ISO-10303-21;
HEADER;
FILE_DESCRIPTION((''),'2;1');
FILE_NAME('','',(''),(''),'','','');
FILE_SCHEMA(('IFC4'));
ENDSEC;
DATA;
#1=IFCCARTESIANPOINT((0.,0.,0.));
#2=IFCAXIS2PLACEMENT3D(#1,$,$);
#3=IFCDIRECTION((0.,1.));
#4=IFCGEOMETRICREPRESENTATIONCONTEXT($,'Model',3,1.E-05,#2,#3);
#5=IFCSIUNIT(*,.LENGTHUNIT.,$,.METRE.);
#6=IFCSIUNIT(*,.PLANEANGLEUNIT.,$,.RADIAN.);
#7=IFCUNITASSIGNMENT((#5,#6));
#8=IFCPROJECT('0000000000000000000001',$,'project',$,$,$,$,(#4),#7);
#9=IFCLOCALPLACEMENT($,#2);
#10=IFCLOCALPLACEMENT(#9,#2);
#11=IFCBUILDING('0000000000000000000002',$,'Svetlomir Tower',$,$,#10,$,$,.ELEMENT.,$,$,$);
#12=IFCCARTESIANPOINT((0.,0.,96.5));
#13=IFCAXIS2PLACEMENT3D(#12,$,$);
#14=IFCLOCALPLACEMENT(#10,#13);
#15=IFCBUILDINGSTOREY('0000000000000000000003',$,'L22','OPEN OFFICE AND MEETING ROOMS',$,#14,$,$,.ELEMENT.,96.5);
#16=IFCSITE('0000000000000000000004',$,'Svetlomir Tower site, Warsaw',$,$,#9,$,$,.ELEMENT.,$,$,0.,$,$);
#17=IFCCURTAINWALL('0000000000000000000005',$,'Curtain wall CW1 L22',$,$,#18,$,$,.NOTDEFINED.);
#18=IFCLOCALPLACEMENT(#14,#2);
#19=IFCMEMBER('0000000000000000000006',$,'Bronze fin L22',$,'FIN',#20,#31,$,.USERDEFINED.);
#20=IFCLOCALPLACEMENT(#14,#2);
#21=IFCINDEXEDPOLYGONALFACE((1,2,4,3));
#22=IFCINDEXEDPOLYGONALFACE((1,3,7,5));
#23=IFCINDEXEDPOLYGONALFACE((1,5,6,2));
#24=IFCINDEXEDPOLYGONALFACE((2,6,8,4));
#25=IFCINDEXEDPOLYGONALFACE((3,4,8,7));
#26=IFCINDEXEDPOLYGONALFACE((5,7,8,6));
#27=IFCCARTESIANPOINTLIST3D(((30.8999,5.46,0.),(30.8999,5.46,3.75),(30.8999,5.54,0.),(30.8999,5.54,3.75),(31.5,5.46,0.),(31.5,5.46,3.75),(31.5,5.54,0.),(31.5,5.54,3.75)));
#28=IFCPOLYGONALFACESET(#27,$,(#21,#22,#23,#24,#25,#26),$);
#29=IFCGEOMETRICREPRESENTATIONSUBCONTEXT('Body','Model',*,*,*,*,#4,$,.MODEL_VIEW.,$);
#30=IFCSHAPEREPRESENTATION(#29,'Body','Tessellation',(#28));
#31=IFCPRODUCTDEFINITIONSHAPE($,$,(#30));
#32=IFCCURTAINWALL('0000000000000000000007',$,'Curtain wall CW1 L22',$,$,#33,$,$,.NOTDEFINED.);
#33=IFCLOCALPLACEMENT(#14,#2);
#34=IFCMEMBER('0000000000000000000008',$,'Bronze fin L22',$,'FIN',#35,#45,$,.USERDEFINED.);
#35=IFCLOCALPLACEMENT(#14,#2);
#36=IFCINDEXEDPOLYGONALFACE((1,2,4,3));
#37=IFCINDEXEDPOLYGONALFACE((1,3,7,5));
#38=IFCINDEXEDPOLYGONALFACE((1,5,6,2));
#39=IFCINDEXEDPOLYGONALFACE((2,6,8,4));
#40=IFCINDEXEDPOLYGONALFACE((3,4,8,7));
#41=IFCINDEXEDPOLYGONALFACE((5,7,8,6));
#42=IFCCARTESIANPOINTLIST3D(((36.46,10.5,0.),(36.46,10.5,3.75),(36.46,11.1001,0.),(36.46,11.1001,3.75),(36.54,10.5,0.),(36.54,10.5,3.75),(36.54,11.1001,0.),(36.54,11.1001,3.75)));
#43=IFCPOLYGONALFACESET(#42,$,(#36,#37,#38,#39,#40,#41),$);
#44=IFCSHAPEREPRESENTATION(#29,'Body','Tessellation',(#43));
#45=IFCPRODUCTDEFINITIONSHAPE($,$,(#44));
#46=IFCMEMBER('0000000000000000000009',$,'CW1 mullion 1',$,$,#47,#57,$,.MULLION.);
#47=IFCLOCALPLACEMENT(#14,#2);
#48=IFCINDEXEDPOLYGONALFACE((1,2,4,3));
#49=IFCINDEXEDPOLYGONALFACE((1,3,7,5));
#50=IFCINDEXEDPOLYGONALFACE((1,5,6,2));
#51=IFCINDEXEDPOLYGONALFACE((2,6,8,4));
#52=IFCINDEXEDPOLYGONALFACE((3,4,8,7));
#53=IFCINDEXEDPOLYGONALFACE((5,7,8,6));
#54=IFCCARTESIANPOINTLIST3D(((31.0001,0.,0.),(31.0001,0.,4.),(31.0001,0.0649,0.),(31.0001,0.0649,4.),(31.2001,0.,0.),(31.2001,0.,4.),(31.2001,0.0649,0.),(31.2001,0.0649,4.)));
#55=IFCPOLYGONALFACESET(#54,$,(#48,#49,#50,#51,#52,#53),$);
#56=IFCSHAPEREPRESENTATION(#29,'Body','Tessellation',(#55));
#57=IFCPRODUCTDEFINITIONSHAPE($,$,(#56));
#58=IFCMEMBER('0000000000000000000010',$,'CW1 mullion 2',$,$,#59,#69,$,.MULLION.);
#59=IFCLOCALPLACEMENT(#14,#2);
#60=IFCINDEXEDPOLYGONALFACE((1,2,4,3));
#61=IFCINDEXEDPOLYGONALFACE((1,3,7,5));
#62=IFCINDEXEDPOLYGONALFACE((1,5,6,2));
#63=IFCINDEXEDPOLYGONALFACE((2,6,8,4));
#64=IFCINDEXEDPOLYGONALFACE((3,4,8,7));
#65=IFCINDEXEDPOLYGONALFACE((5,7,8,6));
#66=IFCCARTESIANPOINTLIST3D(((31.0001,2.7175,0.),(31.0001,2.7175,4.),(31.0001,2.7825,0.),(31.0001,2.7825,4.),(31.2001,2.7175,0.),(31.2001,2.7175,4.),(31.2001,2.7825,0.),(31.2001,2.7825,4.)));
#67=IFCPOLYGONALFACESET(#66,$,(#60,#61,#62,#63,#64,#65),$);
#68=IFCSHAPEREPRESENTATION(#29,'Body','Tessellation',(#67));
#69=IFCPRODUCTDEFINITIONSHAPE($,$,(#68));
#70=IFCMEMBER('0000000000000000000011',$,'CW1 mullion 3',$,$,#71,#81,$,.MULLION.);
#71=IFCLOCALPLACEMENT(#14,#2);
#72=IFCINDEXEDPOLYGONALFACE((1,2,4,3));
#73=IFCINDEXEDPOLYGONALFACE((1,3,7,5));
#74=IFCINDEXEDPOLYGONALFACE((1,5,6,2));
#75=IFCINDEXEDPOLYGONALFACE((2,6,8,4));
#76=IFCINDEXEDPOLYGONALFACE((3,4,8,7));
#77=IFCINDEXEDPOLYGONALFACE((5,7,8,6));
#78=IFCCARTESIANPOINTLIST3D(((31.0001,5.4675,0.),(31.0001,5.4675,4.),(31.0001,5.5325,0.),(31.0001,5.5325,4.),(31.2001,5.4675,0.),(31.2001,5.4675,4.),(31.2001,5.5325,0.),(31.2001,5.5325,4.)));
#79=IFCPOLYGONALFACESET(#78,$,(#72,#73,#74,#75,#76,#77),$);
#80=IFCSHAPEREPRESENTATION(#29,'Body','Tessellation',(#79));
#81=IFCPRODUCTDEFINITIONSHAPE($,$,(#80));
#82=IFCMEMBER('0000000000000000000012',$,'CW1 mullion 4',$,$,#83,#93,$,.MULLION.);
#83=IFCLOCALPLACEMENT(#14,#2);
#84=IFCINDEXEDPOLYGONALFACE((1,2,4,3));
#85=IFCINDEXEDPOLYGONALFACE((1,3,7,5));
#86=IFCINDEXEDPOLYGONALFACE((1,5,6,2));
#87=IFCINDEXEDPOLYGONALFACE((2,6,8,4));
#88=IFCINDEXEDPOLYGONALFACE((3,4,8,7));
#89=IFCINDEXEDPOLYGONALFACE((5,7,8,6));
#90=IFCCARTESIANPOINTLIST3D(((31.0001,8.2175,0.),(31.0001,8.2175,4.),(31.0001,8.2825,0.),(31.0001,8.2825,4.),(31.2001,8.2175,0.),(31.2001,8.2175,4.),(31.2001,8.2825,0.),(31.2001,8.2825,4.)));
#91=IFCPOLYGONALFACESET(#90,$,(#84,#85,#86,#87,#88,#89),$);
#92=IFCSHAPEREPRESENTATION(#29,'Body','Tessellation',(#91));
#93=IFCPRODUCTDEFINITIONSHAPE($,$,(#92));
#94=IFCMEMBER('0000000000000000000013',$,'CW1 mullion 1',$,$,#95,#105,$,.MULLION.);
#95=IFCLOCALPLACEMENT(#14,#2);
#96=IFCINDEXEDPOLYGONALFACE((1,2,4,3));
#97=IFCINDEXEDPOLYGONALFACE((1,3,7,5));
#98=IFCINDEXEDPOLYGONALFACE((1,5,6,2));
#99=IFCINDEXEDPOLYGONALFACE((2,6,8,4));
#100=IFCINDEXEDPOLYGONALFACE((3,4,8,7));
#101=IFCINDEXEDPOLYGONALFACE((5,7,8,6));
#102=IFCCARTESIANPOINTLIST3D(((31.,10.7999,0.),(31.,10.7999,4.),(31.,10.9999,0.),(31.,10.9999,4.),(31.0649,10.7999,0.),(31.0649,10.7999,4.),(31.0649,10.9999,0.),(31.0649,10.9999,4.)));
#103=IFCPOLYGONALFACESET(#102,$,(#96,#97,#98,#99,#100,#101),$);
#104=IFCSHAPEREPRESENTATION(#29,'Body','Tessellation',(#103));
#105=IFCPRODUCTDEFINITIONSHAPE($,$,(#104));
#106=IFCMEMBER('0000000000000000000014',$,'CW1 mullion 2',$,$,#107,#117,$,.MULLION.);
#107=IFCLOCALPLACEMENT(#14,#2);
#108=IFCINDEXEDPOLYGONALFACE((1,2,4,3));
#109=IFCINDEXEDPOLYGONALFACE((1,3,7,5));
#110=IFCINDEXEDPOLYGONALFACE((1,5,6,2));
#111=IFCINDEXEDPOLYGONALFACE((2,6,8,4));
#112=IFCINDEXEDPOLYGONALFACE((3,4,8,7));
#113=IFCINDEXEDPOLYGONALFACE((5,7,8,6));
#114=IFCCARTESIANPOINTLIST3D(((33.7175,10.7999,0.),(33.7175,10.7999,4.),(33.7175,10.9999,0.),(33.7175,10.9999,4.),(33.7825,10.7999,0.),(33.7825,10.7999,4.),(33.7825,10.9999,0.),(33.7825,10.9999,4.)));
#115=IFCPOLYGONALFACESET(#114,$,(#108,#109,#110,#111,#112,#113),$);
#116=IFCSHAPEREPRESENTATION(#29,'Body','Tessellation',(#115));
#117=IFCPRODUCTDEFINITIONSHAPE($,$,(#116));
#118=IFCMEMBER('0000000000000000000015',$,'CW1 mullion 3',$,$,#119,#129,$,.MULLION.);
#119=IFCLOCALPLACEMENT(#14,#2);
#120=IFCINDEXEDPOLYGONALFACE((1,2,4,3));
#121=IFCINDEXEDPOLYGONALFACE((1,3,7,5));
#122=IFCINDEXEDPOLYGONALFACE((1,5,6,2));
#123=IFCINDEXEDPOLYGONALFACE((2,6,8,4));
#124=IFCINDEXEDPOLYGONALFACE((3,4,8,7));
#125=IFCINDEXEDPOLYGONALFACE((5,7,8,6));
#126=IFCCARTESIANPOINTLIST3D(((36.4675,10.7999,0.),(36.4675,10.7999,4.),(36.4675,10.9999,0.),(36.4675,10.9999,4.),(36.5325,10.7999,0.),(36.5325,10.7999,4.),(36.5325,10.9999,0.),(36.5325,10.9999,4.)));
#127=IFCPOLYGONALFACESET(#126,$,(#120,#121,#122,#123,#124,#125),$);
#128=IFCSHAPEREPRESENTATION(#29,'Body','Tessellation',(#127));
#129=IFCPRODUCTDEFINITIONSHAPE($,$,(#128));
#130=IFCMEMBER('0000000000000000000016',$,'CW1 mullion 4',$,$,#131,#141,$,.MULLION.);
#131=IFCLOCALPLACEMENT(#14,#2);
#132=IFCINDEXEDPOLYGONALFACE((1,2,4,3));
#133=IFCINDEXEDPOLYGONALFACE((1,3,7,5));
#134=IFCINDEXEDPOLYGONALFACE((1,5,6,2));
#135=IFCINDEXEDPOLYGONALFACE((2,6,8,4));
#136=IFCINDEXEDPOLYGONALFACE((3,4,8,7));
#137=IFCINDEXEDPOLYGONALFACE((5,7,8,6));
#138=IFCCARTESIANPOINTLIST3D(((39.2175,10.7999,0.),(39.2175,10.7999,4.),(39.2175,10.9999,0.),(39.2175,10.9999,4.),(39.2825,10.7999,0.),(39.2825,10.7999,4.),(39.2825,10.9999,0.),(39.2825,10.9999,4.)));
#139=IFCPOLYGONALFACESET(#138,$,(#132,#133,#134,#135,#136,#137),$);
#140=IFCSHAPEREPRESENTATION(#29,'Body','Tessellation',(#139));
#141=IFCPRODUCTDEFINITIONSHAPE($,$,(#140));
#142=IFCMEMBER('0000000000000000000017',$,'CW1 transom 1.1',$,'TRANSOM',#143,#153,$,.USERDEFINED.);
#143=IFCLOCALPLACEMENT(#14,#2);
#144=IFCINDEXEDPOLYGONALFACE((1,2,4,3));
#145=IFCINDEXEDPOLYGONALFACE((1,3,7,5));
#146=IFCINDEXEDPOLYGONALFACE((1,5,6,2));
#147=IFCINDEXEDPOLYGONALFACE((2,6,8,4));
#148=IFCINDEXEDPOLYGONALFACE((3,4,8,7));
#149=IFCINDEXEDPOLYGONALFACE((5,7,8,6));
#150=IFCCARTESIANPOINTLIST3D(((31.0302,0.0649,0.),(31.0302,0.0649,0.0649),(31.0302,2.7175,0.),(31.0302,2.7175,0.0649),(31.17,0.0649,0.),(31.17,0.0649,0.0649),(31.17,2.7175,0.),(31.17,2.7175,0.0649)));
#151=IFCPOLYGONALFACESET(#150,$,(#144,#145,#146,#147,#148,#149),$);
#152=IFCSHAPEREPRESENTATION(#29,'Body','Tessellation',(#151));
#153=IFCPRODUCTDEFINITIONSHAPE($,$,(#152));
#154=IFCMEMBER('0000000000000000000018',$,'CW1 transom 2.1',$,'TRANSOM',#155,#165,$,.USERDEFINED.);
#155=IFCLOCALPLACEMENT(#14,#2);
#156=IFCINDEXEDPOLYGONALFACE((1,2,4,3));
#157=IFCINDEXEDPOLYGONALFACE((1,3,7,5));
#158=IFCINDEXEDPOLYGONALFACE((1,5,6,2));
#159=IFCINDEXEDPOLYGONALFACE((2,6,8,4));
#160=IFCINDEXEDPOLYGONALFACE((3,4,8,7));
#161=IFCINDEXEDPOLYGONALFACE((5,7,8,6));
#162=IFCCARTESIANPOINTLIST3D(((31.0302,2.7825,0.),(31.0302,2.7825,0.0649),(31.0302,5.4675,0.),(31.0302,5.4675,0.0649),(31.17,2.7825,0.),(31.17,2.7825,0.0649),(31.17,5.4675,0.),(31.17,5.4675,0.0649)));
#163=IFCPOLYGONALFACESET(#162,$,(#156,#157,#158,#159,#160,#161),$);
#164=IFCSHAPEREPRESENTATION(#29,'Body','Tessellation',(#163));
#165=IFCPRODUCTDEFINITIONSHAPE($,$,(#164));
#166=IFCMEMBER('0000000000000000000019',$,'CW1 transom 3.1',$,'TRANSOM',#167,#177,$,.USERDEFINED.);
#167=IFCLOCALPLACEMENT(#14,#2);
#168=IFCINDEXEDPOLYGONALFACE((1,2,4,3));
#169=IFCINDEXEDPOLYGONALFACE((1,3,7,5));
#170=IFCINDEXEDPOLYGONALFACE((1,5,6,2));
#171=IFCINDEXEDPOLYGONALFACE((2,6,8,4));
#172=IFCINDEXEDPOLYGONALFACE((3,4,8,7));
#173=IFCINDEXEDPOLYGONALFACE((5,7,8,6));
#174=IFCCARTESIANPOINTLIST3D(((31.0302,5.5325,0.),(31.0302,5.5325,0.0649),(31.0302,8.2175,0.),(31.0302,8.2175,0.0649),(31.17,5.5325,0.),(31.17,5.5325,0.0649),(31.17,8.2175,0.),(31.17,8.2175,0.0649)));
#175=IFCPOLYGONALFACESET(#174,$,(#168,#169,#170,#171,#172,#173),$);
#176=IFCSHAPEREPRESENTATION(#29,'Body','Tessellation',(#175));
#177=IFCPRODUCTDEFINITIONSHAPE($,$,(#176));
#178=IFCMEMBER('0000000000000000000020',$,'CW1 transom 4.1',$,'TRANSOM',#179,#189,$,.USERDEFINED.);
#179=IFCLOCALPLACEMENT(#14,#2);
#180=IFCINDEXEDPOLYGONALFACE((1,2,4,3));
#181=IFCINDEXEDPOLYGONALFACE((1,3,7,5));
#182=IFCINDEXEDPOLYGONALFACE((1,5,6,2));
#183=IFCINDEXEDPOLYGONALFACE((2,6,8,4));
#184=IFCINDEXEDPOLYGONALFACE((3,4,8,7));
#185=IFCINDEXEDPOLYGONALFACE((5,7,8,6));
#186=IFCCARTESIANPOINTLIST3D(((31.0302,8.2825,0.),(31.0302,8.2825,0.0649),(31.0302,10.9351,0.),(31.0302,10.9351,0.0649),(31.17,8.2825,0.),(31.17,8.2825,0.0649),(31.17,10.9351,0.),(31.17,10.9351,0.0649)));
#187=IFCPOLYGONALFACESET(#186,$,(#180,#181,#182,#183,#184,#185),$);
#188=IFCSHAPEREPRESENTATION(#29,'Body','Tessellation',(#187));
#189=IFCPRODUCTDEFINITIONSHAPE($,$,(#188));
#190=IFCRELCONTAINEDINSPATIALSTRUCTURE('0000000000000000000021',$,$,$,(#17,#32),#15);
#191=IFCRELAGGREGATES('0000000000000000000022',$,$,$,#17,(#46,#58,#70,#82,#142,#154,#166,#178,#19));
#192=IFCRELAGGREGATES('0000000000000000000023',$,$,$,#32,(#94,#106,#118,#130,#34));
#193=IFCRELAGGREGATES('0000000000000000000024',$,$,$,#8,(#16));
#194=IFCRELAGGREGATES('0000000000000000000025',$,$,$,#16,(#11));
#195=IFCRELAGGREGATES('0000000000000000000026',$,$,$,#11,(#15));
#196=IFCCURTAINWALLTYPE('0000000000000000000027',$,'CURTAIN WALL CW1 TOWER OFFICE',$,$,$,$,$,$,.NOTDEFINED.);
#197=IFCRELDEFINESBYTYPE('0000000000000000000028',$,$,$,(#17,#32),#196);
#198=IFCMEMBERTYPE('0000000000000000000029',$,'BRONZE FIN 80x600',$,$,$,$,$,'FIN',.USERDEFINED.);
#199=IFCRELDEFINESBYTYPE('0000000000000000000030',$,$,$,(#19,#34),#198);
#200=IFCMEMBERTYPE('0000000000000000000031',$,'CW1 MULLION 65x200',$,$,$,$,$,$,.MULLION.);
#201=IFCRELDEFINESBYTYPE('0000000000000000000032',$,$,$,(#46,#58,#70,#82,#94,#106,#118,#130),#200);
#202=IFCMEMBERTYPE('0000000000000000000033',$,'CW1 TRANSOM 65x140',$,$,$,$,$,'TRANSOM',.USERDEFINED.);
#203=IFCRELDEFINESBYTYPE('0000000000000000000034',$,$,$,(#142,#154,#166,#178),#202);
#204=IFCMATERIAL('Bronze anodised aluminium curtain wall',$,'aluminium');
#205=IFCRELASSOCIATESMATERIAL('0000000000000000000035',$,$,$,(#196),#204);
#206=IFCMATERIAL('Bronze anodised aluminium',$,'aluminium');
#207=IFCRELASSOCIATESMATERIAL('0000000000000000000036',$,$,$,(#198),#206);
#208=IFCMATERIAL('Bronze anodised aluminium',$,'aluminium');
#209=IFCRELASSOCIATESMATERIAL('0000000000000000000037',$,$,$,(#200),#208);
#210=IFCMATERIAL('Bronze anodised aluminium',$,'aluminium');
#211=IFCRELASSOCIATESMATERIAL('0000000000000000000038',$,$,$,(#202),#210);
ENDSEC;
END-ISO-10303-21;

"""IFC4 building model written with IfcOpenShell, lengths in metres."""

from ifc_helpers import new_model, si_unit, direction, frame, origin, origin_2d, place, context, subcontext, project, spatial, rectangle, extrude, material, material_profile, profile_set, type_object, element, aggregate, save


model = new_model("IFC4")

# Units and contexts
model_context = context("Model", 3, precision=1e-05, world=origin(), true_north=direction((0.0, 1.0)))
body_context = subcontext(model_context, "Body", "Model", "MODEL_VIEW")
ifc_project = project(units=[si_unit("LENGTHUNIT", "METRE"), si_unit("PLANEANGLEUNIT", "RADIAN")], contexts=[model_context])

# Site, building, storey
site_placement = place(None, origin())
site = spatial("IfcSite", under=ifc_project, at=site_placement, Name="Svetlomir Tower site, Warsaw", CompositionType="ELEMENT", RefElevation=0.0)
building_placement = place(site_placement, origin())
building = spatial("IfcBuilding", under=site, at=building_placement, Name="Svetlomir Tower", CompositionType="ELEMENT")
storey_placement = place(building_placement, frame((0.0, 0.0, 96.5)))
storey = spatial("IfcBuildingStorey", under=building, at=storey_placement, Name="L22", Description="OPEN OFFICE AND MEETING ROOMS", CompositionType="ELEMENT", Elevation=96.5)

# Curtain walls, members
ifc_material_1 = material(Name="Bronze anodised aluminium curtain wall", Category="aluminium")
curtain_wall_type = type_object("IfcCurtainWallType", Name="CURTAIN WALL CW1 TOWER OFFICE", PredefinedType="NOTDEFINED", material=ifc_material_1)
curtain_wall_1_placement = place(storey_placement, origin())
curtain_wall_1 = element("IfcCurtainWall", 1, at=curtain_wall_1_placement, inside=storey, type_object=curtain_wall_type, Name="Curtain wall CW1 L22", PredefinedType="NOTDEFINED")
ifc_material_2 = material(Name="Bronze anodised aluminium", Category="aluminium")
ifc_material_profile_1 = material_profile(ifc_material_2, rectangle(XDim=0.0801, YDim=0.6001, at=origin_2d()), Name="FIN 80x600")
ifc_profile_set_1 = profile_set([ifc_material_profile_1], Name="Bronze anodised aluminium 6063-T6")
member_type_1 = type_object("IfcMemberType", Name="BRONZE FIN 80x600", ElementType="FIN", PredefinedType="USERDEFINED", material=ifc_profile_set_1)
member_1_placement = place(storey_placement, frame((31.2, 5.5, 0.0), z_axis=(0.0, 0.0, 1.0), x_axis=(0.0, 1.0, 0.0)))
member_1 = element("IfcMember", 2, at=member_1_placement, type_object=member_type_1, Name="Bronze fin L22", ObjectType="FIN", PredefinedType="USERDEFINED", context=body_context, shape_type="SweptSolid", body=[
    extrude(rectangle(XDim=0.0801, YDim=0.6001, at=origin_2d()), origin(), (0.0, 0.0, 1.0), 3.75),
])
curtain_wall_2_placement = place(storey_placement, origin())
curtain_wall_2 = element("IfcCurtainWall", 3, at=curtain_wall_2_placement, inside=storey, type_object=curtain_wall_type, Name="Curtain wall CW1 L22", PredefinedType="NOTDEFINED")
member_2_placement = place(storey_placement, frame((36.5, 10.8, 0.0), z_axis=(0.0, 0.0, 1.0), x_axis=(1.0, 0.0, 0.0)))
member_2 = element("IfcMember", 4, at=member_2_placement, type_object=member_type_1, Name="Bronze fin L22", ObjectType="FIN", PredefinedType="USERDEFINED", context=body_context, shape_type="SweptSolid", body=[
    extrude(rectangle(XDim=0.0801, YDim=0.6001, at=origin_2d()), origin(), (0.0, 0.0, 1.0), 3.75),
])

# Members
ifc_material_3 = material(Name="Bronze anodised aluminium", Category="aluminium")
ifc_material_profile_2 = material_profile(ifc_material_3, rectangle(XDim=0.0649, YDim=0.2, at=origin_2d()), Name="AL 65x200")
ifc_profile_set_2 = profile_set([ifc_material_profile_2], Name="Bronze anodised aluminium 6063-T6")
member_type_2 = type_object("IfcMemberType", Name="CW1 MULLION 65x200", PredefinedType="MULLION", material=ifc_profile_set_2)
member_3_placement = place(storey_placement, frame((31.1001, 0.0325, 0.0), z_axis=(0.0, 0.0, 1.0), x_axis=(0.0, 1.0, 0.0)))
member_3 = element("IfcMember", 5, at=member_3_placement, type_object=member_type_2, Name="CW1 mullion 1", PredefinedType="MULLION", context=body_context, shape_type="SweptSolid", body=[
    extrude(rectangle(XDim=0.0649, YDim=0.2, at=origin_2d()), origin(), (0.0, 0.0, 1.0), 4.0),
])
member_4_placement = place(storey_placement, frame((31.1001, 2.75, 0.0), z_axis=(0.0, 0.0, 1.0), x_axis=(0.0, 1.0, 0.0)))
member_4 = element("IfcMember", 6, at=member_4_placement, type_object=member_type_2, Name="CW1 mullion 2", PredefinedType="MULLION", context=body_context, shape_type="SweptSolid", body=[
    extrude(rectangle(XDim=0.0649, YDim=0.2, at=origin_2d()), origin(), (0.0, 0.0, 1.0), 4.0),
])
member_5_placement = place(storey_placement, frame((31.1001, 5.5, 0.0), z_axis=(0.0, 0.0, 1.0), x_axis=(0.0, 1.0, 0.0)))
member_5 = element("IfcMember", 7, at=member_5_placement, type_object=member_type_2, Name="CW1 mullion 3", PredefinedType="MULLION", context=body_context, shape_type="SweptSolid", body=[
    extrude(rectangle(XDim=0.0649, YDim=0.2, at=origin_2d()), origin(), (0.0, 0.0, 1.0), 4.0),
])
member_6_placement = place(storey_placement, frame((31.1001, 8.25, 0.0), z_axis=(0.0, 0.0, 1.0), x_axis=(0.0, 1.0, 0.0)))
member_6 = element("IfcMember", 8, at=member_6_placement, type_object=member_type_2, Name="CW1 mullion 4", PredefinedType="MULLION", context=body_context, shape_type="SweptSolid", body=[
    extrude(rectangle(XDim=0.0649, YDim=0.2, at=origin_2d()), origin(), (0.0, 0.0, 1.0), 4.0),
])
member_7_placement = place(storey_placement, frame((31.0325, 10.8999, 0.0), z_axis=(0.0, 0.0, 1.0), x_axis=(1.0, 0.0, 0.0)))
member_7 = element("IfcMember", 9, at=member_7_placement, type_object=member_type_2, Name="CW1 mullion 1", PredefinedType="MULLION", context=body_context, shape_type="SweptSolid", body=[
    extrude(rectangle(XDim=0.0649, YDim=0.2, at=origin_2d()), origin(), (0.0, 0.0, 1.0), 4.0),
])
member_8_placement = place(storey_placement, frame((33.75, 10.8999, 0.0), z_axis=(0.0, 0.0, 1.0), x_axis=(1.0, 0.0, 0.0)))
member_8 = element("IfcMember", 10, at=member_8_placement, type_object=member_type_2, Name="CW1 mullion 2", PredefinedType="MULLION", context=body_context, shape_type="SweptSolid", body=[
    extrude(rectangle(XDim=0.0649, YDim=0.2, at=origin_2d()), origin(), (0.0, 0.0, 1.0), 4.0),
])
member_9_placement = place(storey_placement, frame((36.5, 10.8999, 0.0), z_axis=(0.0, 0.0, 1.0), x_axis=(1.0, 0.0, 0.0)))
member_9 = element("IfcMember", 11, at=member_9_placement, type_object=member_type_2, Name="CW1 mullion 3", PredefinedType="MULLION", context=body_context, shape_type="SweptSolid", body=[
    extrude(rectangle(XDim=0.0649, YDim=0.2, at=origin_2d()), origin(), (0.0, 0.0, 1.0), 4.0),
])
member_10_placement = place(storey_placement, frame((39.25, 10.8999, 0.0), z_axis=(0.0, 0.0, 1.0), x_axis=(1.0, 0.0, 0.0)))
member_10 = element("IfcMember", 12, at=member_10_placement, type_object=member_type_2, Name="CW1 mullion 4", PredefinedType="MULLION", context=body_context, shape_type="SweptSolid", body=[
    extrude(rectangle(XDim=0.0649, YDim=0.2, at=origin_2d()), origin(), (0.0, 0.0, 1.0), 4.0),
])
ifc_material_4 = material(Name="Bronze anodised aluminium", Category="aluminium")
ifc_material_profile_3 = material_profile(ifc_material_4, rectangle(XDim=0.1399, YDim=0.0649, at=origin_2d()), Name="AL 140x65")
ifc_profile_set_3 = profile_set([ifc_material_profile_3], Name="Bronze anodised aluminium 6063-T6")
member_type_3 = type_object("IfcMemberType", Name="CW1 TRANSOM 65x140", ElementType="TRANSOM", PredefinedType="USERDEFINED", material=ifc_profile_set_3)
member_11_placement = place(storey_placement, frame((31.1001, 0.0649, 0.0325), z_axis=(0.0, 1.0, 0.0), x_axis=(-1.0, 0.0, 0.0)))
member_11 = element("IfcMember", 13, at=member_11_placement, type_object=member_type_3, Name="CW1 transom 1.1", ObjectType="TRANSOM", PredefinedType="USERDEFINED", context=body_context, shape_type="SweptSolid", body=[
    extrude(rectangle(XDim=0.1399, YDim=0.0649, at=origin_2d()), origin(), (0.0, 0.0, 1.0), 2.6526),
])
member_12_placement = place(storey_placement, frame((31.1001, 2.7825, 0.0325), z_axis=(0.0, 1.0, 0.0), x_axis=(-1.0, 0.0, 0.0)))
member_12 = element("IfcMember", 14, at=member_12_placement, type_object=member_type_3, Name="CW1 transom 2.1", ObjectType="TRANSOM", PredefinedType="USERDEFINED", context=body_context, shape_type="SweptSolid", body=[
    extrude(rectangle(XDim=0.1399, YDim=0.0649, at=origin_2d()), origin(), (0.0, 0.0, 1.0), 2.6851),
])
member_13_placement = place(storey_placement, frame((31.1001, 5.5325, 0.0325), z_axis=(0.0, 1.0, 0.0), x_axis=(-1.0, 0.0, 0.0)))
member_13 = element("IfcMember", 15, at=member_13_placement, type_object=member_type_3, Name="CW1 transom 3.1", ObjectType="TRANSOM", PredefinedType="USERDEFINED", context=body_context, shape_type="SweptSolid", body=[
    extrude(rectangle(XDim=0.1399, YDim=0.0649, at=origin_2d()), origin(), (0.0, 0.0, 1.0), 2.6851),
])
member_14_placement = place(storey_placement, frame((31.1001, 8.2825, 0.0325), z_axis=(0.0, 1.0, 0.0), x_axis=(-1.0, 0.0, 0.0)))
member_14 = element("IfcMember", 16, at=member_14_placement, type_object=member_type_3, Name="CW1 transom 4.1", ObjectType="TRANSOM", PredefinedType="USERDEFINED", context=body_context, shape_type="SweptSolid", body=[
    extrude(rectangle(XDim=0.1399, YDim=0.0649, at=origin_2d()), origin(), (0.0, 0.0, 1.0), 2.6526),
])

aggregate(curtain_wall_1, [member_3, member_4, member_5, member_6, member_11, member_12, member_13, member_14, member_1])
aggregate(curtain_wall_2, [member_7, member_8, member_9, member_10, member_2])

save(model, "model.ifc")
